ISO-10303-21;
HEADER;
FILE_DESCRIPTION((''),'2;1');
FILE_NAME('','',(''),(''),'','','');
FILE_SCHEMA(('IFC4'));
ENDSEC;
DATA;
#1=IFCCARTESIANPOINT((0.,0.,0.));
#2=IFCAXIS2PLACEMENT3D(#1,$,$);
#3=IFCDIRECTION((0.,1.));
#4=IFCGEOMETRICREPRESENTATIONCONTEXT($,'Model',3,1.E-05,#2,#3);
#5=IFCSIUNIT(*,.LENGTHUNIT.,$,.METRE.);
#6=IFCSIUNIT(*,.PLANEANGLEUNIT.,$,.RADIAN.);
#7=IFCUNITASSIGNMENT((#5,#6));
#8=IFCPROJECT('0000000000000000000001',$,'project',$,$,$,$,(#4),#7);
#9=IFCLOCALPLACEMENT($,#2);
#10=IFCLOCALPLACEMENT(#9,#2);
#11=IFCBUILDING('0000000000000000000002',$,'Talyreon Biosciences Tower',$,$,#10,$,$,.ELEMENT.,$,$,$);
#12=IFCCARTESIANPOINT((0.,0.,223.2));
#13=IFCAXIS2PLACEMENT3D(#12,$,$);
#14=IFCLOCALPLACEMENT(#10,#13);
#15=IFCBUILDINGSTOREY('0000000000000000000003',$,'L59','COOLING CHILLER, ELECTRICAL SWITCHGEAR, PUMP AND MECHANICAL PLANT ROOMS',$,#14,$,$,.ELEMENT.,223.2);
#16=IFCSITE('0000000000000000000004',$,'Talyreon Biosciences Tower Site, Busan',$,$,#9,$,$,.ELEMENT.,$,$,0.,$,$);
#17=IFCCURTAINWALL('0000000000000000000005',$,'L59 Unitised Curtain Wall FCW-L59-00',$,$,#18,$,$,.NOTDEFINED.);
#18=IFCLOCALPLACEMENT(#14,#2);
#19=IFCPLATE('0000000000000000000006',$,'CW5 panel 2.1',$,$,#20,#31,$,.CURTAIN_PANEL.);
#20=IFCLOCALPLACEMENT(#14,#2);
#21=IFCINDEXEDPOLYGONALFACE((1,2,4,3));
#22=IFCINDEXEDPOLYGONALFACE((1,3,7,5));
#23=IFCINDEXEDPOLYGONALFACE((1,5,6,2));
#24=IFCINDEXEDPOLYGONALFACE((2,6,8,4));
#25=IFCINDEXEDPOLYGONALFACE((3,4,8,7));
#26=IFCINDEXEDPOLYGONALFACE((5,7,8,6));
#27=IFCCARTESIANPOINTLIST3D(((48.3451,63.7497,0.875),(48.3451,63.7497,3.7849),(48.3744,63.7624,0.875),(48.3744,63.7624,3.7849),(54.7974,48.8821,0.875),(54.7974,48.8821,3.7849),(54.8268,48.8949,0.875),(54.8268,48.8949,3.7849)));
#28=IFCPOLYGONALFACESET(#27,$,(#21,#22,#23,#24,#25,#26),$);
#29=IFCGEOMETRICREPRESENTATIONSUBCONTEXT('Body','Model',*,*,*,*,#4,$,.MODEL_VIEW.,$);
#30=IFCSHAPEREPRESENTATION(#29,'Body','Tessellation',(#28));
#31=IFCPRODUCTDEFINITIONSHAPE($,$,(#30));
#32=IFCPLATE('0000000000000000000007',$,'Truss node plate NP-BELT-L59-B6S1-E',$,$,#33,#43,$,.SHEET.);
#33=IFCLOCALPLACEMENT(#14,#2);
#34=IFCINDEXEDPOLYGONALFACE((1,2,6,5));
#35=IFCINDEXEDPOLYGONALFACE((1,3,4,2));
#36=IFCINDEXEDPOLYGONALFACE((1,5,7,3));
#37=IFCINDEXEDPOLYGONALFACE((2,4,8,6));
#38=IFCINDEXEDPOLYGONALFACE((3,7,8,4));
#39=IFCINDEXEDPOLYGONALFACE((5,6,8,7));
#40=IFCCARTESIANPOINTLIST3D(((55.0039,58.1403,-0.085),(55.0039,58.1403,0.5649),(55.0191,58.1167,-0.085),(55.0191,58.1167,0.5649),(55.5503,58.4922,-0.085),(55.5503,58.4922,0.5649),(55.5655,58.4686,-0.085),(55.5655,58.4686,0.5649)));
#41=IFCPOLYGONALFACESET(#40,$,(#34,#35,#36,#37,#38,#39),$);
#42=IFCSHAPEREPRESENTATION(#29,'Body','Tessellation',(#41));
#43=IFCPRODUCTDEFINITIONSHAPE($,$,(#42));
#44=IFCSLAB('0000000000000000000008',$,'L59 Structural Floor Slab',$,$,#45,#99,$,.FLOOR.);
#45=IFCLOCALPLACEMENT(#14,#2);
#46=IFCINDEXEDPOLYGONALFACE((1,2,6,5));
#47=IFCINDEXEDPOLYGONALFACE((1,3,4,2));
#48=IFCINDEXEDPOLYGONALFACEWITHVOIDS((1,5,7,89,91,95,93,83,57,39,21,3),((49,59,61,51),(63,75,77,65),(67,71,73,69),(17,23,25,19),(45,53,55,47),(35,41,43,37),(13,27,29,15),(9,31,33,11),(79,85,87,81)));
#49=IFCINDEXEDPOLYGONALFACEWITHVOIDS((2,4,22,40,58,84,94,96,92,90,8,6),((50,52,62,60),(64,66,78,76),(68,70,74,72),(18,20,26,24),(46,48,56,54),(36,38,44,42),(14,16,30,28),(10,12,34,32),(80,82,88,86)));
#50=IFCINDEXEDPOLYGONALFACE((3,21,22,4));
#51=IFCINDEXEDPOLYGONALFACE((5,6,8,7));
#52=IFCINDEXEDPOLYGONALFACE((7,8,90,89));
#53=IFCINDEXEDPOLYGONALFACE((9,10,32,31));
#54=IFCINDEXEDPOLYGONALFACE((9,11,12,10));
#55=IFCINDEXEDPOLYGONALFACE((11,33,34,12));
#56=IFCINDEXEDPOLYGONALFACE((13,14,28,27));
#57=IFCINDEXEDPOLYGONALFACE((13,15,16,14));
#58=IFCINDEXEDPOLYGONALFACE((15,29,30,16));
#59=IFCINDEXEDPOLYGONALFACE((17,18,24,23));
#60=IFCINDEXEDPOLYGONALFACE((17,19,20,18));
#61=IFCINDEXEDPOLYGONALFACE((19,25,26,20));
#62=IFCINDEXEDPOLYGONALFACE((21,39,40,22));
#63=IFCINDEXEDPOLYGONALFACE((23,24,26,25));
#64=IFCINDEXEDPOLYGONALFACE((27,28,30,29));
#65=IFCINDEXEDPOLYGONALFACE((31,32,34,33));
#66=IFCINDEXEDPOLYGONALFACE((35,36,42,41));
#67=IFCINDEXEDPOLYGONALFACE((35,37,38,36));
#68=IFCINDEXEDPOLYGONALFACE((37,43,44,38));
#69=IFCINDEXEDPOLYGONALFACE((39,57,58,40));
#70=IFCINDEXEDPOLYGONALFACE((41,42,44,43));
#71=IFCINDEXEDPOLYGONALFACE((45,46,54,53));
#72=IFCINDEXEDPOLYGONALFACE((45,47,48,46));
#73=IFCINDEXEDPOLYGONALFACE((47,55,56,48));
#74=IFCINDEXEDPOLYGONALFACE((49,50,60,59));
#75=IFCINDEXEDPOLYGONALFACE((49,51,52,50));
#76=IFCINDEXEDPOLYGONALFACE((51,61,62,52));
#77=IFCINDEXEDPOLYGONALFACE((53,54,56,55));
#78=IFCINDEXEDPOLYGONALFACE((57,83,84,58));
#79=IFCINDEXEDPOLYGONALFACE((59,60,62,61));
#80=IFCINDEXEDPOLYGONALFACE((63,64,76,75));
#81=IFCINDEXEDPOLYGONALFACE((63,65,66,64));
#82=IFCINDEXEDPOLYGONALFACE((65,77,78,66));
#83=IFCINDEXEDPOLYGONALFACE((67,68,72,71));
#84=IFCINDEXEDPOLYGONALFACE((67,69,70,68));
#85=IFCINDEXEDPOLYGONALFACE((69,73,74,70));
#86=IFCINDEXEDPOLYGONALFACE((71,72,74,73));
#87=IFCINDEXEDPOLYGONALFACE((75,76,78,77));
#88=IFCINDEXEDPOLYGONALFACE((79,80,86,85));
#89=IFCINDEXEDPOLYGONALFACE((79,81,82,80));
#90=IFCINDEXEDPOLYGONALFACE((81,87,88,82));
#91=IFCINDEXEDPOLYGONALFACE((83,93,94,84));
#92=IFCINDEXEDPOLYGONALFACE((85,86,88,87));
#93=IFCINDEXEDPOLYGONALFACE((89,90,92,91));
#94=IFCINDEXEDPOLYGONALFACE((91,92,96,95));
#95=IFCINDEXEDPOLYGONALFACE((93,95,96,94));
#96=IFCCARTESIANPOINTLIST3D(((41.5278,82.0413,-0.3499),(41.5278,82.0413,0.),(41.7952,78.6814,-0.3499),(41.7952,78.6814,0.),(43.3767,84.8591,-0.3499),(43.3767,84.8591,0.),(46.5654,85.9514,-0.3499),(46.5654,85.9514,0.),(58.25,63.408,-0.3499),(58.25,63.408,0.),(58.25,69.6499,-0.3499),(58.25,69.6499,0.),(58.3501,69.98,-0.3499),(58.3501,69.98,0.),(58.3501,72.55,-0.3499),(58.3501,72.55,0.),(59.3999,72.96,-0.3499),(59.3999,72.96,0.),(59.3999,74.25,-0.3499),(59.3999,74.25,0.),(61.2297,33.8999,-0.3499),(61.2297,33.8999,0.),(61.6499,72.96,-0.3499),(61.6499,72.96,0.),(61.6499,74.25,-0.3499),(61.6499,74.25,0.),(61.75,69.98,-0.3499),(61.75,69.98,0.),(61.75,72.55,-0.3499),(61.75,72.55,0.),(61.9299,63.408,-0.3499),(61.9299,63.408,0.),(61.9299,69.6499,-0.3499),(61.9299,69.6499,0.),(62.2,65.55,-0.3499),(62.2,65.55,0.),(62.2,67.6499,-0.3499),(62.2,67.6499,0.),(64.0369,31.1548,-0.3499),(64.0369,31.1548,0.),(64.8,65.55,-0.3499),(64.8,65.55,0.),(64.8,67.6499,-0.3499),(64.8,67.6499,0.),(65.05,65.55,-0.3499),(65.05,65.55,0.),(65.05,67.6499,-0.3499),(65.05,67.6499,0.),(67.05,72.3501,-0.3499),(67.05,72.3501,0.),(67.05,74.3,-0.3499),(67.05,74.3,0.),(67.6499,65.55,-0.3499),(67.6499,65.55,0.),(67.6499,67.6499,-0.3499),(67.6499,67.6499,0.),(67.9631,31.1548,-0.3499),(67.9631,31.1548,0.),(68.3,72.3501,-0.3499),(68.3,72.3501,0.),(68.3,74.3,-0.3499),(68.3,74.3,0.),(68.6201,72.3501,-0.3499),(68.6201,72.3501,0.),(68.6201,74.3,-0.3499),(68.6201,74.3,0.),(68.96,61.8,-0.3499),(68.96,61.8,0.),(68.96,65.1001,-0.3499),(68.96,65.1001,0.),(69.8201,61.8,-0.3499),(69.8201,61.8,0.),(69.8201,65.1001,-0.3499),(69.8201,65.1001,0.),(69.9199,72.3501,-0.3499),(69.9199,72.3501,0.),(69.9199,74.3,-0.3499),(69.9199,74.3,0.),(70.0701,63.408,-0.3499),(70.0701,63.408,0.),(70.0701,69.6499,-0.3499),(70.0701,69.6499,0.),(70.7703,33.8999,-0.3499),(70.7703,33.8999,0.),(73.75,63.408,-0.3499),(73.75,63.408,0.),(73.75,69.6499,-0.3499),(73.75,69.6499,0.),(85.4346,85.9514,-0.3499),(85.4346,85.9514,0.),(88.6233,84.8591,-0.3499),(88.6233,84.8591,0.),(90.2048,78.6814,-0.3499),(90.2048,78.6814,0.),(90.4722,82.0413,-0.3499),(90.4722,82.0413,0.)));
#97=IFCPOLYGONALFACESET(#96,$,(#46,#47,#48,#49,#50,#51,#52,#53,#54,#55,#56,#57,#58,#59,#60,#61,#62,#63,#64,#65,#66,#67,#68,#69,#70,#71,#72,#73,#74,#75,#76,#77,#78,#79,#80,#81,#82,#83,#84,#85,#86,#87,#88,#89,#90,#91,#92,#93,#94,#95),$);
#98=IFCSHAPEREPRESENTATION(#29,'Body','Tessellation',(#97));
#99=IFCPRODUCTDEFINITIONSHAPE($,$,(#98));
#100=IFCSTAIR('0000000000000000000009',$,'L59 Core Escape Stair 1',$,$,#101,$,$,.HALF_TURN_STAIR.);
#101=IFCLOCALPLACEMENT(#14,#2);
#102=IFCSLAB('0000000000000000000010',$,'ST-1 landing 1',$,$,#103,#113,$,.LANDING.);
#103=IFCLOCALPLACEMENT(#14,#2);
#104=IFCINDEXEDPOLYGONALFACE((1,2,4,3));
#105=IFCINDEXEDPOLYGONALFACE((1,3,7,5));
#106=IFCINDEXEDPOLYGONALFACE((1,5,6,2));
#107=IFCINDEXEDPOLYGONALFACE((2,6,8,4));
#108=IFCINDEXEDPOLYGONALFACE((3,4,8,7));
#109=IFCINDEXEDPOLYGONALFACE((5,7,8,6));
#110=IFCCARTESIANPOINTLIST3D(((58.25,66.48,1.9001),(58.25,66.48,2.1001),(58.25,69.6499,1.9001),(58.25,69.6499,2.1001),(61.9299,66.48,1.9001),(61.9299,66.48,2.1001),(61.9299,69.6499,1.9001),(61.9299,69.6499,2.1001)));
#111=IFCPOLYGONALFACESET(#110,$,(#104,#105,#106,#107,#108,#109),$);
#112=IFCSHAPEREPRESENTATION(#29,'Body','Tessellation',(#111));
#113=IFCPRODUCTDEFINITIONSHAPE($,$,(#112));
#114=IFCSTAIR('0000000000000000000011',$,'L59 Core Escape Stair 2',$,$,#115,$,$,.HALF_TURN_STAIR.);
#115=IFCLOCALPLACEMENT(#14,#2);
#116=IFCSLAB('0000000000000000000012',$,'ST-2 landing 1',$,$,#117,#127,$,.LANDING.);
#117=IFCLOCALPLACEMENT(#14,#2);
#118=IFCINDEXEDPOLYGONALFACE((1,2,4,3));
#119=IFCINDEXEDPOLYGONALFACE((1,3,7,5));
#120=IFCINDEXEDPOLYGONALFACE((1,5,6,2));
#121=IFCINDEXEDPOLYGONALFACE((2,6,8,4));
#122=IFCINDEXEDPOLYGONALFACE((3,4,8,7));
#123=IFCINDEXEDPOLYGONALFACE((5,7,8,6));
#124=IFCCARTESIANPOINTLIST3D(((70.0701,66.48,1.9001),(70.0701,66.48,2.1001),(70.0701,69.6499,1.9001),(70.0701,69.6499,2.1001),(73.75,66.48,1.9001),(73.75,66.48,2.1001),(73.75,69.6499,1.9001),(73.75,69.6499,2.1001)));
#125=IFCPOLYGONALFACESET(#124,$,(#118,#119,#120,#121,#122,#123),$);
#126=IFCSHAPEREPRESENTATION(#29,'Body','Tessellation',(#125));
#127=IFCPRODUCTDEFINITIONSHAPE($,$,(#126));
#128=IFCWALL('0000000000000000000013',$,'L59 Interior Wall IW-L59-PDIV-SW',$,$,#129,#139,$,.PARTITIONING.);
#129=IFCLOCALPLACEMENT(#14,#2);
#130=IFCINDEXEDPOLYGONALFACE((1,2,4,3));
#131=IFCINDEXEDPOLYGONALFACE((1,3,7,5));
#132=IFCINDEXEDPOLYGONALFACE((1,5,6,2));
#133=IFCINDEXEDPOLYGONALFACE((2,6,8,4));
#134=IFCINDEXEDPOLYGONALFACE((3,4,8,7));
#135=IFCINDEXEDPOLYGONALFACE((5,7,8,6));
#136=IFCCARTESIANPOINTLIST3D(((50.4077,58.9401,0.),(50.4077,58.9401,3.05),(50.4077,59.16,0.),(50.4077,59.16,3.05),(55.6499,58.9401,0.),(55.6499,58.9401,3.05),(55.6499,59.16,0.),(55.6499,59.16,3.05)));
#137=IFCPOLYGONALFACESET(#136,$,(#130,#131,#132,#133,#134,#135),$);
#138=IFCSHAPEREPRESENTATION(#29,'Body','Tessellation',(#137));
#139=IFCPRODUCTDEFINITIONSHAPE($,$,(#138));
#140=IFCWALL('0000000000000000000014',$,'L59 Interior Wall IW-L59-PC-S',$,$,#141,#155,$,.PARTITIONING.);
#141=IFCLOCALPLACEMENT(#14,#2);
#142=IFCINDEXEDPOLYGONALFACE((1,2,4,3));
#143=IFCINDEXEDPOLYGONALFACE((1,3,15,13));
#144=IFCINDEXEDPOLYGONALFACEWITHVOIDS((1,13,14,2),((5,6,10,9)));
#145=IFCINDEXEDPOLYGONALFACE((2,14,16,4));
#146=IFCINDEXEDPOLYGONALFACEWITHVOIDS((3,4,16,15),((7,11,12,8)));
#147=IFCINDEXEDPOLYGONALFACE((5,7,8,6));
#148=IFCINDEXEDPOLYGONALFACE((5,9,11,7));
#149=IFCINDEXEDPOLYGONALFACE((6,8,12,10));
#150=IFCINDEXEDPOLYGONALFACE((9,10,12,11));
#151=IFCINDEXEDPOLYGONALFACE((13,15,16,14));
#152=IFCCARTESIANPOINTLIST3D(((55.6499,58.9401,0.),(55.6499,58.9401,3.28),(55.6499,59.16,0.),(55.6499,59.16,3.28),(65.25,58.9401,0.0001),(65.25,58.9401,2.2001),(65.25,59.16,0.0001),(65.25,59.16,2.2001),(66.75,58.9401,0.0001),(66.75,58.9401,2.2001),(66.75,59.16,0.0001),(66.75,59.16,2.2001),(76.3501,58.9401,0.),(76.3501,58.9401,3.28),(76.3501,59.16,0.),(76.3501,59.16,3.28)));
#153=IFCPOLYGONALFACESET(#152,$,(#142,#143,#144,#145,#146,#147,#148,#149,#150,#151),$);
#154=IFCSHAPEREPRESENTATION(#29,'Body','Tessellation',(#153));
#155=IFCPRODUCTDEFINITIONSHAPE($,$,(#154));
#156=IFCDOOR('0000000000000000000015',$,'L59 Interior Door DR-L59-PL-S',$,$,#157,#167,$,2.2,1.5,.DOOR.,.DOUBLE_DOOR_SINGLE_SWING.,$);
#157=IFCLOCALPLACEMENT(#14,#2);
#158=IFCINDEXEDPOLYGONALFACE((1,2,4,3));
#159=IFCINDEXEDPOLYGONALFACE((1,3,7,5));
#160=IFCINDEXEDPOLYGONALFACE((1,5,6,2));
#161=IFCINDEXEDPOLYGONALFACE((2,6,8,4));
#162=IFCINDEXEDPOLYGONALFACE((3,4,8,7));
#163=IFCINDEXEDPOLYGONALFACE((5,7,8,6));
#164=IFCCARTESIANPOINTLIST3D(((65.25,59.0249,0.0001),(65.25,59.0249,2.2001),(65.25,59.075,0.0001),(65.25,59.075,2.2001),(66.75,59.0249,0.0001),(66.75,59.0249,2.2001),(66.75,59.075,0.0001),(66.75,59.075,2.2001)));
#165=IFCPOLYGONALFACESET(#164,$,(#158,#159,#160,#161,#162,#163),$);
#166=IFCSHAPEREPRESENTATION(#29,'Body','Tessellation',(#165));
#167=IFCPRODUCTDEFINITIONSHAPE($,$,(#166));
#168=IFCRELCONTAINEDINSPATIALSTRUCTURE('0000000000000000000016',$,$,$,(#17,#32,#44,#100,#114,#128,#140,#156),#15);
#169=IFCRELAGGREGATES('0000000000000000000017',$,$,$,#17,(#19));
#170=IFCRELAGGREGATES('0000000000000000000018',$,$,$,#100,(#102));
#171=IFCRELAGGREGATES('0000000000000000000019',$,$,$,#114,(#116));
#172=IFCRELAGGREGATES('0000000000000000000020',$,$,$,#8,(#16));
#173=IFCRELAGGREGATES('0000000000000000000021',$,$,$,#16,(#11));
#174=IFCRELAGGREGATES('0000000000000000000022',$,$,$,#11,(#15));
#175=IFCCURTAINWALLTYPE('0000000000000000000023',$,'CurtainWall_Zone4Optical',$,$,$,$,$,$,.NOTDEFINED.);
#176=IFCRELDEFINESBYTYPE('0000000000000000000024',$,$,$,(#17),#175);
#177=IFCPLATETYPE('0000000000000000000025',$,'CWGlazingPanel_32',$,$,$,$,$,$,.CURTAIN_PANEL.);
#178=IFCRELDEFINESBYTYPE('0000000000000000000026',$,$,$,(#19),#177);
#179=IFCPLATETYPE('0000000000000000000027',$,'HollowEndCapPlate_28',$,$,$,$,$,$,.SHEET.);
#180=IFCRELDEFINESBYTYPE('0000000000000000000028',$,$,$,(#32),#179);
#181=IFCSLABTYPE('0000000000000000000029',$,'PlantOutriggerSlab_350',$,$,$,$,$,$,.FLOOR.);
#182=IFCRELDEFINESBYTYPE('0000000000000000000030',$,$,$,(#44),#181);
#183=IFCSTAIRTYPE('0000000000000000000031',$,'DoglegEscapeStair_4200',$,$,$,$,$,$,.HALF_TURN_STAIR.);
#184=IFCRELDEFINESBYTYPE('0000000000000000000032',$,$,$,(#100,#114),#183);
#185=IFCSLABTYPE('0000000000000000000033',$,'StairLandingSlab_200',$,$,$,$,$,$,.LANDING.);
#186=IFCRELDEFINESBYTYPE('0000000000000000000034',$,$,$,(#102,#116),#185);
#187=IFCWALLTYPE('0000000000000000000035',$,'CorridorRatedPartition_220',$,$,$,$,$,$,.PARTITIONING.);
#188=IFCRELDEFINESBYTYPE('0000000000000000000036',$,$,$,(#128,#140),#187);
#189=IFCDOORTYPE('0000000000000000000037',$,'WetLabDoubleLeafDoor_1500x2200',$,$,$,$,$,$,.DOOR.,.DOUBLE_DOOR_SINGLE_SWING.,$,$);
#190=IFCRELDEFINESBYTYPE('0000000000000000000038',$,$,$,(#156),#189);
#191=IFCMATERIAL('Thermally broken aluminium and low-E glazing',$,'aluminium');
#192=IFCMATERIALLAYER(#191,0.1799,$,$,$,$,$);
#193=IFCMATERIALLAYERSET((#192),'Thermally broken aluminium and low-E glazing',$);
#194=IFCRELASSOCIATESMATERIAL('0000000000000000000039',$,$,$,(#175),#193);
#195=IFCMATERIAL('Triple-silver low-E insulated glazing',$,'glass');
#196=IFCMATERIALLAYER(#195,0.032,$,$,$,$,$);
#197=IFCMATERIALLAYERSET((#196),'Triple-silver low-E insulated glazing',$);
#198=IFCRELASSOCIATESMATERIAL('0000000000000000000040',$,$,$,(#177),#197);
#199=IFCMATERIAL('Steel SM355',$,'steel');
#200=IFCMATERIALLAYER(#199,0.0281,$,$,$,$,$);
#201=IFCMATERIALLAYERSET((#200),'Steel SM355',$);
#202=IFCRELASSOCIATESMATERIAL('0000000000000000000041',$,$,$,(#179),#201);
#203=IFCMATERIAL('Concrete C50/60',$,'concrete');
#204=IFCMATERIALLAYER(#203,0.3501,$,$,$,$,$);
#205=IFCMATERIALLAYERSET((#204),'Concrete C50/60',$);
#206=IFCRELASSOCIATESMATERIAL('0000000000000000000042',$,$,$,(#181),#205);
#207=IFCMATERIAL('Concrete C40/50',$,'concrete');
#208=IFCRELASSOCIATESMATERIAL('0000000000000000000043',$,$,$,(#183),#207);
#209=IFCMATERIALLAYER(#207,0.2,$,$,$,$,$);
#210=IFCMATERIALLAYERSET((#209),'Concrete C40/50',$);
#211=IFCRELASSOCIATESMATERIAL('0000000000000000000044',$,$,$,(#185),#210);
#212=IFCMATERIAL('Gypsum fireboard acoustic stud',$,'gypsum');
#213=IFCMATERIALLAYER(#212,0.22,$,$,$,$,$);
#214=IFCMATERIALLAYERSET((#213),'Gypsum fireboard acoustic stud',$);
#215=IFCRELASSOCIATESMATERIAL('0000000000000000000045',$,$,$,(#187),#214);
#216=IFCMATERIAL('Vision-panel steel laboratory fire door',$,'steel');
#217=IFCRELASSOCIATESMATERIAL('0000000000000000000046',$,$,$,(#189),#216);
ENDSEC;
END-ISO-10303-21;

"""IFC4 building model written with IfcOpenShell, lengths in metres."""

from ifc_helpers import new_model, si_unit, direction, frame, frame_2d, origin, origin_2d, place, context, subcontext, project, spatial, polyline, rectangle, outline, extrude, material, layer, layer_set, type_object, element, fill, aggregate, save


model = new_model("IFC4")

# Units and contexts
model_context = context("Model", 3, precision=1e-05, world=origin(), true_north=direction((0.0, 1.0)))
body_context = subcontext(model_context, "Body", "Model", "MODEL_VIEW")
ifc_project = project(units=[si_unit("LENGTHUNIT", "METRE"), si_unit("PLANEANGLEUNIT", "RADIAN")], contexts=[model_context])

# Site, building, storey
site_placement = place(None, origin())
site = spatial("IfcSite", under=ifc_project, at=site_placement, Name="Talyreon Biosciences Tower Site, Busan", CompositionType="ELEMENT", RefElevation=0.0)
building_placement = place(site_placement, origin())
building = spatial("IfcBuilding", under=site, at=building_placement, Name="Talyreon Biosciences Tower", CompositionType="ELEMENT")
storey_placement = place(building_placement, frame((0.0, 0.0, 223.2)))
storey = spatial("IfcBuildingStorey", under=building, at=storey_placement, Name="L59", Description="COOLING CHILLER, ELECTRICAL SWITCHGEAR, PUMP AND MECHANICAL PLANT ROOMS", CompositionType="ELEMENT", Elevation=223.2)

# Shared definitions
ifc_material_1 = material(Name="Concrete C50/60", Category="concrete")

# Shared definitions
ifc_material_2 = material(Name="Steel SM355", Category="steel")

# Curtain wall
ifc_material_3 = material(Name="Thermally broken aluminium and low-E glazing", Category="aluminium")
ifc_layer_1 = layer(ifc_material_3, 0.1799)
ifc_layer_set_1 = layer_set([ifc_layer_1], Name="Thermally broken aluminium and low-E glazing")
curtain_wall_type = type_object("IfcCurtainWallType", Name="CurtainWall_Zone4Optical", PredefinedType="NOTDEFINED", material=ifc_layer_set_1)
curtain_wall_placement = place(storey_placement, origin())
curtain_wall = element("IfcCurtainWall", 1, at=curtain_wall_placement, inside=storey, type_object=curtain_wall_type, Name="L59 Unitised Curtain Wall FCW-L59-00", PredefinedType="NOTDEFINED")

# Plates
ifc_material_4 = material(Name="Triple-silver low-E insulated glazing", Category="glass")
ifc_layer_2 = layer(ifc_material_4, 0.032)
ifc_layer_set_2 = layer_set([ifc_layer_2], Name="Triple-silver low-E insulated glazing")
plate_type_1 = type_object("IfcPlateType", Name="CWGlazingPanel_32", PredefinedType="CURTAIN_PANEL", material=ifc_layer_set_2)
plate_1_placement = place(storey_placement, frame((51.5859, 56.3223, 0.875), z_axis=(0.0, 0.0, 1.0), x_axis=(-0.398112, 0.917337, 0.0)))
plate_1 = element("IfcPlate", 2, at=plate_1_placement, type_object=plate_type_1, Name="CW5 panel 2.1", PredefinedType="CURTAIN_PANEL", context=body_context, shape_type="SweptSolid", body=[
    extrude(rectangle(XDim=16.2073, YDim=0.032, at=origin_2d()), origin(), (0.0, 0.0, 1.0), 2.9099),
])
aggregate(curtain_wall, [plate_1])
ifc_layer_3 = layer(ifc_material_2, 0.0281)
ifc_layer_set_3 = layer_set([ifc_layer_3], Name="Steel SM355")
plate_type_2 = type_object("IfcPlateType", Name="HollowEndCapPlate_28", PredefinedType="SHEET", material=ifc_layer_set_3)
plate_2_placement = place(storey_placement, frame((55.2847, 58.3044, -0.085), z_axis=(0.0, 0.0, 1.0), x_axis=(0.840727, 0.541459, 0.0)))
element("IfcPlate", 3, at=plate_2_placement, inside=storey, type_object=plate_type_2, Name="Truss node plate NP-BELT-L59-B6S1-E", PredefinedType="SHEET", context=body_context, shape_type="SweptSolid", body=[
    extrude(rectangle(XDim=0.6499, YDim=0.0281, at=origin_2d()), origin(), (0.0, 0.0, 1.0), 0.6499),
])

# Slab
ifc_layer_4 = layer(ifc_material_1, 0.3501)
ifc_layer_set_4 = layer_set([ifc_layer_4], Name="Concrete C50/60")
slab_type_1 = type_object("IfcSlabType", Name="PlantOutriggerSlab_350", PredefinedType="FLOOR", material=ifc_layer_set_4)
slab_1_placement = place(storey_placement, frame((0.0, 0.0, -0.3499)))
element("IfcSlab", 4, at=slab_1_placement, inside=storey, type_object=slab_type_1, Name="L59 Structural Floor Slab", PredefinedType="FLOOR", context=body_context, shape_type="SweptSolid", body=[
    extrude(outline(polyline([(61.2297, 33.8999), (41.7952, 78.6814), (41.5278, 82.0413), (43.3767, 84.8591), (46.5654, 85.9514), (85.4346, 85.9514), (88.6233, 84.8591), (90.4722, 82.0413), (90.2048, 78.6814), (70.7703, 33.8999), (67.9631, 31.1548), (64.0369, 31.1548), (61.2297, 33.8999)]), holes=[polyline([(69.8201, 65.1001), (69.8201, 61.8), (68.96, 61.8), (68.96, 65.1001), (69.8201, 65.1001)]), polyline([(61.9299, 69.6499), (61.9299, 63.408), (58.25, 63.408), (58.25, 69.6499), (61.9299, 69.6499)]), polyline([(73.75, 69.6499), (73.75, 63.408), (70.0701, 63.408), (70.0701, 69.6499), (73.75, 69.6499)]), polyline([(64.8, 67.6499), (64.8, 65.55), (62.2, 65.55), (62.2, 67.6499), (64.8, 67.6499)]), polyline([(67.6499, 67.6499), (67.6499, 65.55), (65.05, 65.55), (65.05, 67.6499), (67.6499, 67.6499)]), polyline([(61.75, 72.55), (61.75, 69.98), (58.3501, 69.98), (58.3501, 72.55), (61.75, 72.55)]), polyline([(68.3, 74.3), (68.3, 72.3501), (67.05, 72.3501), (67.05, 74.3), (68.3, 74.3)]), polyline([(69.9199, 72.3501), (68.6201, 72.3501), (68.6201, 74.3), (69.9199, 74.3), (69.9199, 72.3501)]), polyline([(61.6499, 72.96), (59.3999, 72.96), (59.3999, 74.25), (61.6499, 74.25), (61.6499, 72.96)])]), origin(), (0.0, 0.0, 1.0), 0.3499),
])

# Stairs, slabs
ifc_material_5 = material(Name="Concrete C40/50", Category="concrete")
stair_type = type_object("IfcStairType", Name="DoglegEscapeStair_4200", PredefinedType="HALF_TURN_STAIR", material=ifc_material_5)
stair_1_placement = place(storey_placement, origin())
stair_1 = element("IfcStair", 5, at=stair_1_placement, inside=storey, type_object=stair_type, Name="L59 Core Escape Stair 1", PredefinedType="HALF_TURN_STAIR")
ifc_layer_5 = layer(ifc_material_5, 0.2)
ifc_layer_set_5 = layer_set([ifc_layer_5], Name="Concrete C40/50")
slab_type_2 = type_object("IfcSlabType", Name="StairLandingSlab_200", PredefinedType="LANDING", material=ifc_layer_set_5)
slab_2_placement = place(storey_placement, frame((0.0, 0.0, 1.9001)))
slab_2 = element("IfcSlab", 6, at=slab_2_placement, type_object=slab_type_2, Name="ST-1 landing 1", PredefinedType="LANDING", context=body_context, shape_type="SweptSolid", body=[
    extrude(outline(polyline([(61.9299, 66.48), (61.9299, 69.6499), (58.25, 69.6499), (58.25, 66.48), (61.9299, 66.48)])), origin(), (0.0, 0.0, 1.0), 0.2),
])
aggregate(stair_1, [slab_2])
stair_2_placement = place(storey_placement, origin())
stair_2 = element("IfcStair", 7, at=stair_2_placement, inside=storey, type_object=stair_type, Name="L59 Core Escape Stair 2", PredefinedType="HALF_TURN_STAIR")
slab_3_placement = place(storey_placement, frame((0.0, 0.0, 1.9001)))
slab_3 = element("IfcSlab", 8, at=slab_3_placement, type_object=slab_type_2, Name="ST-2 landing 1", PredefinedType="LANDING", context=body_context, shape_type="SweptSolid", body=[
    extrude(outline(polyline([(73.75, 66.48), (73.75, 69.6499), (70.0701, 69.6499), (70.0701, 66.48), (73.75, 66.48)])), origin(), (0.0, 0.0, 1.0), 0.2),
])
aggregate(stair_2, [slab_3])

# Wall
ifc_material_6 = material(Name="Gypsum fireboard acoustic stud", Category="gypsum")
ifc_layer_6 = layer(ifc_material_6, 0.22)
ifc_layer_set_6 = layer_set([ifc_layer_6], Name="Gypsum fireboard acoustic stud")
wall_type = type_object("IfcWallType", Name="CorridorRatedPartition_220", PredefinedType="PARTITIONING", material=ifc_layer_set_6)
wall_1_placement = place(storey_placement, frame((50.4077, 59.05, 0.0), z_axis=(0.0, 0.0, 1.0), x_axis=(1.0, 0.0, 0.0)))
element("IfcWall", 9, at=wall_1_placement, inside=storey, type_object=wall_type, Name="L59 Interior Wall IW-L59-PDIV-SW", PredefinedType="PARTITIONING", context=body_context, shape_type="SweptSolid", body=[
    extrude(rectangle(XDim=5.2422, YDim=0.22, at=frame_2d((2.6211, 0.0))), origin(), (0.0, 0.0, 1.0), 3.05),
])

# Wall, opening, door
wall_2_placement = place(storey_placement, frame((55.6499, 59.05, 0.0), z_axis=(0.0, 0.0, 1.0), x_axis=(1.0, 0.0, 0.0)))
wall_2 = element("IfcWall", 10, at=wall_2_placement, inside=storey, type_object=wall_type, Name="L59 Interior Wall IW-L59-PC-S", PredefinedType="PARTITIONING", context=body_context, shape_type="SweptSolid", body=[
    extrude(rectangle(XDim=20.7002, YDim=0.22, at=frame_2d((10.3501, 0.0))), origin(), (0.0, 0.0, 1.0), 3.28),
])
opening_placement = place(wall_2_placement, frame((9.6001, 0.0, 0.0)))
opening = element("IfcOpeningElement", 11, at=opening_placement, cuts=wall_2, PredefinedType="OPENING", context=body_context, shape_type="SweptSolid", body=[
    extrude(rectangle(XDim=1.5, YDim=2.2, at=frame_2d((0.75, 1.1001))), frame((0.0, 0.1199, 0.0), z_axis=(0.0, -1.0, 0.0), x_axis=(1.0, 0.0, 0.0)), (0.0, 0.0, 1.0), 0.24),
])
ifc_material_7 = material(Name="Vision-panel steel laboratory fire door", Category="steel")
door_type = type_object("IfcDoorType", Name="WetLabDoubleLeafDoor_1500x2200", OperationType="DOUBLE_DOOR_SINGLE_SWING", PredefinedType="DOOR", material=ifc_material_7)
door_placement = place(opening_placement, origin())
door = element("IfcDoor", 12, at=door_placement, inside=storey, type_object=door_type, Name="L59 Interior Door DR-L59-PL-S", OperationType="DOUBLE_DOOR_SINGLE_SWING", OverallHeight=2.2, OverallWidth=1.5, PredefinedType="DOOR", context=body_context, shape_type="SweptSolid", body=[
    extrude(rectangle(XDim=1.5, YDim=2.2, at=frame_2d((0.75, 1.1001))), frame((0.0, 0.0249, 0.0), z_axis=(0.0, -1.0, 0.0), x_axis=(1.0, 0.0, 0.0)), (0.0, 0.0, 1.0), 0.05),
])
fill(opening, door)

save(model, "model.ifc")
